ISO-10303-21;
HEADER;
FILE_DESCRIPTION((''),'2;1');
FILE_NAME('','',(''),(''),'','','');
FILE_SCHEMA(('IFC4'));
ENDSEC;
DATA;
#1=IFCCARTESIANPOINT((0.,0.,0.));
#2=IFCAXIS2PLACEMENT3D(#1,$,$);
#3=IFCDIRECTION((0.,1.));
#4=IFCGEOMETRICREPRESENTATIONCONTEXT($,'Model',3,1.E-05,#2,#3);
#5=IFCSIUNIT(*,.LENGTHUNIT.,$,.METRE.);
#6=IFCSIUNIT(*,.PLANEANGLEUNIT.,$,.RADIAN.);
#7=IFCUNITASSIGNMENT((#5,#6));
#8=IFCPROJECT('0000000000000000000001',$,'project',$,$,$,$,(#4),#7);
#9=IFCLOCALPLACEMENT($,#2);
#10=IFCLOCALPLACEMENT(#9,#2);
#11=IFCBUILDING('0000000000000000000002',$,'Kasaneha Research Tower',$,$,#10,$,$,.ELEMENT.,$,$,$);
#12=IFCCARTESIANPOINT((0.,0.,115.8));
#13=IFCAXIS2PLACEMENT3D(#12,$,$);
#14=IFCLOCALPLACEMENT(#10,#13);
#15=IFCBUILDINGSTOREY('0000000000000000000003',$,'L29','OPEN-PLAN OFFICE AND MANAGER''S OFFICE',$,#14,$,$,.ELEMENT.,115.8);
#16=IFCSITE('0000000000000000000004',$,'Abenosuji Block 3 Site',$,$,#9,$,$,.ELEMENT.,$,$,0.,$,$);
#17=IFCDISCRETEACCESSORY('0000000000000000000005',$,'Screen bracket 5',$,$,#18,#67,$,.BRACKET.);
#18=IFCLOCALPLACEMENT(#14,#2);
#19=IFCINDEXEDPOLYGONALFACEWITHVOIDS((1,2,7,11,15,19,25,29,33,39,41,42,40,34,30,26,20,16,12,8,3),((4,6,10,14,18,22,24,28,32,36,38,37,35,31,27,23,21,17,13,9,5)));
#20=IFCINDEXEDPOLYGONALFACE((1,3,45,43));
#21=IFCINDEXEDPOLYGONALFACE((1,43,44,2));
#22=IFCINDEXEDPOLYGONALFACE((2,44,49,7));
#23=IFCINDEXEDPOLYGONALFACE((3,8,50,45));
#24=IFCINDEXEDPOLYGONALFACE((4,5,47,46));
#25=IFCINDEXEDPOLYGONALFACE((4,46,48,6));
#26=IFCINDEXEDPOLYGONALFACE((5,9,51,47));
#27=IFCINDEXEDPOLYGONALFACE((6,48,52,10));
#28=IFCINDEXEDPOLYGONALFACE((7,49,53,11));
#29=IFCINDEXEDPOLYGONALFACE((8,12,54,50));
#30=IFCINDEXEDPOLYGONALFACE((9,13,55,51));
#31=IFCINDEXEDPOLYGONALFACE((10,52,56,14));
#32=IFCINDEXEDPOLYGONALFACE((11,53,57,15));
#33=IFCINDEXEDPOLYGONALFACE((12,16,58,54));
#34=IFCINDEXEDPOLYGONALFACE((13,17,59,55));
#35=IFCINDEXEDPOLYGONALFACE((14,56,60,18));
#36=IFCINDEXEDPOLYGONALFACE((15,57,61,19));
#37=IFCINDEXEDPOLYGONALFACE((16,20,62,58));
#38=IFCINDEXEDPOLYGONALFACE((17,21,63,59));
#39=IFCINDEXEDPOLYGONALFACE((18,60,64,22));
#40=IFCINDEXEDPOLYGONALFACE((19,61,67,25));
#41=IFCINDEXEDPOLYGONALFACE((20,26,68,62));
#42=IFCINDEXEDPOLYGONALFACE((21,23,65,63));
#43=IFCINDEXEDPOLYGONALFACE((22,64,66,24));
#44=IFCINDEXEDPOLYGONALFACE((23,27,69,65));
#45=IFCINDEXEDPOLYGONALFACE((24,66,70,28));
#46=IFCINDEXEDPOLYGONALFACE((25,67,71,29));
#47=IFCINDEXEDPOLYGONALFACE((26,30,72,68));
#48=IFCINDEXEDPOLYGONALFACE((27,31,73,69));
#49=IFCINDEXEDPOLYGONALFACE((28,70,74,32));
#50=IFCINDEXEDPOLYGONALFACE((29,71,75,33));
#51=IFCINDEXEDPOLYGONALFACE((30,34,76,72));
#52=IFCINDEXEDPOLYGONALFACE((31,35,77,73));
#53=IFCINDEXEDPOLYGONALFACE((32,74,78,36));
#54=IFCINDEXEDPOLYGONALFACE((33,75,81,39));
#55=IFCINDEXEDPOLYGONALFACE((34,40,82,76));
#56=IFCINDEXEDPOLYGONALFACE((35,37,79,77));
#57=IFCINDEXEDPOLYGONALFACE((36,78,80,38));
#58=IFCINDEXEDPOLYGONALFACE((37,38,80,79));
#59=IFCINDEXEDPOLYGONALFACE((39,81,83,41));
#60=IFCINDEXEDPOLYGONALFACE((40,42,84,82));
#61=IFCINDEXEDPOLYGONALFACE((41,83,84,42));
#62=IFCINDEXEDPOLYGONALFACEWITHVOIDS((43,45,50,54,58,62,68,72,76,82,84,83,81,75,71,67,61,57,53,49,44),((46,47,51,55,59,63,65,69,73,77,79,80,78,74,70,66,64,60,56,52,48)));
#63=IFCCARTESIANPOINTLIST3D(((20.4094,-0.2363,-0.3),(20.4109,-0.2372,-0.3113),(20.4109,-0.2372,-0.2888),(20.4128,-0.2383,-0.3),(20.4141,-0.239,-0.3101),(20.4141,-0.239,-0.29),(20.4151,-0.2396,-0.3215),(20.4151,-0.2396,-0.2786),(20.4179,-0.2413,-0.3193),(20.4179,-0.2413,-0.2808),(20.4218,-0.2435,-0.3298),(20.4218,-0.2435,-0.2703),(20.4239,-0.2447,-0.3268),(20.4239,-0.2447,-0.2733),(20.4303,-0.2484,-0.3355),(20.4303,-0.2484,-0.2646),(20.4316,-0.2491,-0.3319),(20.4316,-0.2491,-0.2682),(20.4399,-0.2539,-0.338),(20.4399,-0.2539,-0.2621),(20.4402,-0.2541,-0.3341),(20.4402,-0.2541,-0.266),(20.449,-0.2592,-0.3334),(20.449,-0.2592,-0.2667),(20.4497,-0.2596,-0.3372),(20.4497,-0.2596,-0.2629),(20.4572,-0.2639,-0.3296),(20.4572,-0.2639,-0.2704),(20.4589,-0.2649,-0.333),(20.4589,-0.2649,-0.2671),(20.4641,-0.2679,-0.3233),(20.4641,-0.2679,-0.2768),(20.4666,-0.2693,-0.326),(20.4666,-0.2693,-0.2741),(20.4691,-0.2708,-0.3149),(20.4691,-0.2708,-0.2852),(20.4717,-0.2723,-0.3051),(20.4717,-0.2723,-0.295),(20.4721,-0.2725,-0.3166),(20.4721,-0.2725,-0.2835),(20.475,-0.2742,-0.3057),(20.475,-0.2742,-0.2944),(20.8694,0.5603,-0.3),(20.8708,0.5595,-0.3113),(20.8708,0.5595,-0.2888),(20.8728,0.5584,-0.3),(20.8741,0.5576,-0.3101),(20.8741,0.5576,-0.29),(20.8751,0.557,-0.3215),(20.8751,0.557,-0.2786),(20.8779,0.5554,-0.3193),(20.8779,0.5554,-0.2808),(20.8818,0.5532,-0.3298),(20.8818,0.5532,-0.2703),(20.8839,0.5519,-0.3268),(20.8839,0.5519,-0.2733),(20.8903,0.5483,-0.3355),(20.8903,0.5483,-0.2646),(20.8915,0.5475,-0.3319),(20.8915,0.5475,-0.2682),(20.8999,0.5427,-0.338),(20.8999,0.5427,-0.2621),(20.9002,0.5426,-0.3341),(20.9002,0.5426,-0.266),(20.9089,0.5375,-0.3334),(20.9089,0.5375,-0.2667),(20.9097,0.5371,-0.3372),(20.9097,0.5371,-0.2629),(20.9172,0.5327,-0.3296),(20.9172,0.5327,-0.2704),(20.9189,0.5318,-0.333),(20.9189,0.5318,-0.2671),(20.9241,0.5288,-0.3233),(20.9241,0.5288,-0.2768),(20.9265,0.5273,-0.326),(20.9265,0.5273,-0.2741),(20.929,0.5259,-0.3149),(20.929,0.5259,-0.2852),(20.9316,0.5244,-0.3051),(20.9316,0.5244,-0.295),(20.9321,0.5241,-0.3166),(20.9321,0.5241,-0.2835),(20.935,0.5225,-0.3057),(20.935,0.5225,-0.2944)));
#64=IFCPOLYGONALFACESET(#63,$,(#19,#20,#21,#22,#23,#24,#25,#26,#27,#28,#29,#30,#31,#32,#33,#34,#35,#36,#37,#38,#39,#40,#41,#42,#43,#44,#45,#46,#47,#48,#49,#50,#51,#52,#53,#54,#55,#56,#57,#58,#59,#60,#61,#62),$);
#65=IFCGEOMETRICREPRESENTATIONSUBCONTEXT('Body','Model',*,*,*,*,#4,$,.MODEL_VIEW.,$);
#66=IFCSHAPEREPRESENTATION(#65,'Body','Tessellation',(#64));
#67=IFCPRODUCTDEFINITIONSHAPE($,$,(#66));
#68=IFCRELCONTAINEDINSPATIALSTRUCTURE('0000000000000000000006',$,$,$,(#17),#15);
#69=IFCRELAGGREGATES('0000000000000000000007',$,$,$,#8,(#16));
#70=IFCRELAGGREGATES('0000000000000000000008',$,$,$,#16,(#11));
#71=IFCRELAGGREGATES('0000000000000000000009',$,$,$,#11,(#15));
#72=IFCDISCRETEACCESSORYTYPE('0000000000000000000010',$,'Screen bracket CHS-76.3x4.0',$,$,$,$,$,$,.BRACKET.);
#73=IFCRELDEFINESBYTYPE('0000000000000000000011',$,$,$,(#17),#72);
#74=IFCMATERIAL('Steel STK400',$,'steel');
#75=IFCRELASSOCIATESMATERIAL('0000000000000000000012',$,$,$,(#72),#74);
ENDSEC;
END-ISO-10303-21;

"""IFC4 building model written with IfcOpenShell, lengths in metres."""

from ifc_helpers import new_model, si_unit, direction, frame, origin, origin_2d, place, context, subcontext, project, spatial, hollow_circle, extrude, material, material_profile, profile_set, type_object, element, save


model = new_model("IFC4")

# Units and contexts
model_context = context("Model", 3, precision=1e-05, world=origin(), true_north=direction((0.0, 1.0)))
body_context = subcontext(model_context, "Body", "Model", "MODEL_VIEW")
ifc_project = project(units=[si_unit("LENGTHUNIT", "METRE"), si_unit("PLANEANGLEUNIT", "RADIAN")], contexts=[model_context])

# Site, building, storey
site_placement = place(None, origin())
site = spatial("IfcSite", under=ifc_project, at=site_placement, Name="Abenosuji Block 3 Site", CompositionType="ELEMENT", RefElevation=0.0)
building_placement = place(site_placement, origin())
building = spatial("IfcBuilding", under=site, at=building_placement, Name="Kasaneha Research Tower", CompositionType="ELEMENT")
storey_placement = place(building_placement, frame((0.0, 0.0, 115.8)))
storey = spatial("IfcBuildingStorey", under=building, at=storey_placement, Name="L29", Description="OPEN-PLAN OFFICE AND MANAGER'S OFFICE", CompositionType="ELEMENT", Elevation=115.8)

# Discrete accessory
ifc_material_1 = material(Name="Steel STK400", Category="steel")
ifc_material_profile_1 = material_profile(ifc_material_1, hollow_circle(Radius=0.0381, WallThickness=0.0039, at=origin_2d()), Name="CHS-76.3x4.0")
ifc_profile_set_1 = profile_set([ifc_material_profile_1], Name="Steel STK400")
discrete_accessory_type = type_object("IfcDiscreteAccessoryType", Name="Screen bracket CHS-76.3x4.0", PredefinedType="BRACKET", material=ifc_profile_set_1)
discrete_accessory_1_placement = place(storey_placement, frame((20.4424, -0.2554, -0.3), z_axis=(0.500021, 0.866013, 0.0), x_axis=(-0.866013, 0.500021, 0.0)))
element("IfcDiscreteAccessory", 1, at=discrete_accessory_1_placement, inside=storey, type_object=discrete_accessory_type, Name="Screen bracket 5", PredefinedType="BRACKET", context=body_context, shape_type="SweptSolid", body=[
    extrude(hollow_circle(Radius=0.0381, WallThickness=0.0039, at=origin_2d()), origin(), (0.0, 0.0, 1.0), 0.9199),
])

save(model, "model.ifc")
